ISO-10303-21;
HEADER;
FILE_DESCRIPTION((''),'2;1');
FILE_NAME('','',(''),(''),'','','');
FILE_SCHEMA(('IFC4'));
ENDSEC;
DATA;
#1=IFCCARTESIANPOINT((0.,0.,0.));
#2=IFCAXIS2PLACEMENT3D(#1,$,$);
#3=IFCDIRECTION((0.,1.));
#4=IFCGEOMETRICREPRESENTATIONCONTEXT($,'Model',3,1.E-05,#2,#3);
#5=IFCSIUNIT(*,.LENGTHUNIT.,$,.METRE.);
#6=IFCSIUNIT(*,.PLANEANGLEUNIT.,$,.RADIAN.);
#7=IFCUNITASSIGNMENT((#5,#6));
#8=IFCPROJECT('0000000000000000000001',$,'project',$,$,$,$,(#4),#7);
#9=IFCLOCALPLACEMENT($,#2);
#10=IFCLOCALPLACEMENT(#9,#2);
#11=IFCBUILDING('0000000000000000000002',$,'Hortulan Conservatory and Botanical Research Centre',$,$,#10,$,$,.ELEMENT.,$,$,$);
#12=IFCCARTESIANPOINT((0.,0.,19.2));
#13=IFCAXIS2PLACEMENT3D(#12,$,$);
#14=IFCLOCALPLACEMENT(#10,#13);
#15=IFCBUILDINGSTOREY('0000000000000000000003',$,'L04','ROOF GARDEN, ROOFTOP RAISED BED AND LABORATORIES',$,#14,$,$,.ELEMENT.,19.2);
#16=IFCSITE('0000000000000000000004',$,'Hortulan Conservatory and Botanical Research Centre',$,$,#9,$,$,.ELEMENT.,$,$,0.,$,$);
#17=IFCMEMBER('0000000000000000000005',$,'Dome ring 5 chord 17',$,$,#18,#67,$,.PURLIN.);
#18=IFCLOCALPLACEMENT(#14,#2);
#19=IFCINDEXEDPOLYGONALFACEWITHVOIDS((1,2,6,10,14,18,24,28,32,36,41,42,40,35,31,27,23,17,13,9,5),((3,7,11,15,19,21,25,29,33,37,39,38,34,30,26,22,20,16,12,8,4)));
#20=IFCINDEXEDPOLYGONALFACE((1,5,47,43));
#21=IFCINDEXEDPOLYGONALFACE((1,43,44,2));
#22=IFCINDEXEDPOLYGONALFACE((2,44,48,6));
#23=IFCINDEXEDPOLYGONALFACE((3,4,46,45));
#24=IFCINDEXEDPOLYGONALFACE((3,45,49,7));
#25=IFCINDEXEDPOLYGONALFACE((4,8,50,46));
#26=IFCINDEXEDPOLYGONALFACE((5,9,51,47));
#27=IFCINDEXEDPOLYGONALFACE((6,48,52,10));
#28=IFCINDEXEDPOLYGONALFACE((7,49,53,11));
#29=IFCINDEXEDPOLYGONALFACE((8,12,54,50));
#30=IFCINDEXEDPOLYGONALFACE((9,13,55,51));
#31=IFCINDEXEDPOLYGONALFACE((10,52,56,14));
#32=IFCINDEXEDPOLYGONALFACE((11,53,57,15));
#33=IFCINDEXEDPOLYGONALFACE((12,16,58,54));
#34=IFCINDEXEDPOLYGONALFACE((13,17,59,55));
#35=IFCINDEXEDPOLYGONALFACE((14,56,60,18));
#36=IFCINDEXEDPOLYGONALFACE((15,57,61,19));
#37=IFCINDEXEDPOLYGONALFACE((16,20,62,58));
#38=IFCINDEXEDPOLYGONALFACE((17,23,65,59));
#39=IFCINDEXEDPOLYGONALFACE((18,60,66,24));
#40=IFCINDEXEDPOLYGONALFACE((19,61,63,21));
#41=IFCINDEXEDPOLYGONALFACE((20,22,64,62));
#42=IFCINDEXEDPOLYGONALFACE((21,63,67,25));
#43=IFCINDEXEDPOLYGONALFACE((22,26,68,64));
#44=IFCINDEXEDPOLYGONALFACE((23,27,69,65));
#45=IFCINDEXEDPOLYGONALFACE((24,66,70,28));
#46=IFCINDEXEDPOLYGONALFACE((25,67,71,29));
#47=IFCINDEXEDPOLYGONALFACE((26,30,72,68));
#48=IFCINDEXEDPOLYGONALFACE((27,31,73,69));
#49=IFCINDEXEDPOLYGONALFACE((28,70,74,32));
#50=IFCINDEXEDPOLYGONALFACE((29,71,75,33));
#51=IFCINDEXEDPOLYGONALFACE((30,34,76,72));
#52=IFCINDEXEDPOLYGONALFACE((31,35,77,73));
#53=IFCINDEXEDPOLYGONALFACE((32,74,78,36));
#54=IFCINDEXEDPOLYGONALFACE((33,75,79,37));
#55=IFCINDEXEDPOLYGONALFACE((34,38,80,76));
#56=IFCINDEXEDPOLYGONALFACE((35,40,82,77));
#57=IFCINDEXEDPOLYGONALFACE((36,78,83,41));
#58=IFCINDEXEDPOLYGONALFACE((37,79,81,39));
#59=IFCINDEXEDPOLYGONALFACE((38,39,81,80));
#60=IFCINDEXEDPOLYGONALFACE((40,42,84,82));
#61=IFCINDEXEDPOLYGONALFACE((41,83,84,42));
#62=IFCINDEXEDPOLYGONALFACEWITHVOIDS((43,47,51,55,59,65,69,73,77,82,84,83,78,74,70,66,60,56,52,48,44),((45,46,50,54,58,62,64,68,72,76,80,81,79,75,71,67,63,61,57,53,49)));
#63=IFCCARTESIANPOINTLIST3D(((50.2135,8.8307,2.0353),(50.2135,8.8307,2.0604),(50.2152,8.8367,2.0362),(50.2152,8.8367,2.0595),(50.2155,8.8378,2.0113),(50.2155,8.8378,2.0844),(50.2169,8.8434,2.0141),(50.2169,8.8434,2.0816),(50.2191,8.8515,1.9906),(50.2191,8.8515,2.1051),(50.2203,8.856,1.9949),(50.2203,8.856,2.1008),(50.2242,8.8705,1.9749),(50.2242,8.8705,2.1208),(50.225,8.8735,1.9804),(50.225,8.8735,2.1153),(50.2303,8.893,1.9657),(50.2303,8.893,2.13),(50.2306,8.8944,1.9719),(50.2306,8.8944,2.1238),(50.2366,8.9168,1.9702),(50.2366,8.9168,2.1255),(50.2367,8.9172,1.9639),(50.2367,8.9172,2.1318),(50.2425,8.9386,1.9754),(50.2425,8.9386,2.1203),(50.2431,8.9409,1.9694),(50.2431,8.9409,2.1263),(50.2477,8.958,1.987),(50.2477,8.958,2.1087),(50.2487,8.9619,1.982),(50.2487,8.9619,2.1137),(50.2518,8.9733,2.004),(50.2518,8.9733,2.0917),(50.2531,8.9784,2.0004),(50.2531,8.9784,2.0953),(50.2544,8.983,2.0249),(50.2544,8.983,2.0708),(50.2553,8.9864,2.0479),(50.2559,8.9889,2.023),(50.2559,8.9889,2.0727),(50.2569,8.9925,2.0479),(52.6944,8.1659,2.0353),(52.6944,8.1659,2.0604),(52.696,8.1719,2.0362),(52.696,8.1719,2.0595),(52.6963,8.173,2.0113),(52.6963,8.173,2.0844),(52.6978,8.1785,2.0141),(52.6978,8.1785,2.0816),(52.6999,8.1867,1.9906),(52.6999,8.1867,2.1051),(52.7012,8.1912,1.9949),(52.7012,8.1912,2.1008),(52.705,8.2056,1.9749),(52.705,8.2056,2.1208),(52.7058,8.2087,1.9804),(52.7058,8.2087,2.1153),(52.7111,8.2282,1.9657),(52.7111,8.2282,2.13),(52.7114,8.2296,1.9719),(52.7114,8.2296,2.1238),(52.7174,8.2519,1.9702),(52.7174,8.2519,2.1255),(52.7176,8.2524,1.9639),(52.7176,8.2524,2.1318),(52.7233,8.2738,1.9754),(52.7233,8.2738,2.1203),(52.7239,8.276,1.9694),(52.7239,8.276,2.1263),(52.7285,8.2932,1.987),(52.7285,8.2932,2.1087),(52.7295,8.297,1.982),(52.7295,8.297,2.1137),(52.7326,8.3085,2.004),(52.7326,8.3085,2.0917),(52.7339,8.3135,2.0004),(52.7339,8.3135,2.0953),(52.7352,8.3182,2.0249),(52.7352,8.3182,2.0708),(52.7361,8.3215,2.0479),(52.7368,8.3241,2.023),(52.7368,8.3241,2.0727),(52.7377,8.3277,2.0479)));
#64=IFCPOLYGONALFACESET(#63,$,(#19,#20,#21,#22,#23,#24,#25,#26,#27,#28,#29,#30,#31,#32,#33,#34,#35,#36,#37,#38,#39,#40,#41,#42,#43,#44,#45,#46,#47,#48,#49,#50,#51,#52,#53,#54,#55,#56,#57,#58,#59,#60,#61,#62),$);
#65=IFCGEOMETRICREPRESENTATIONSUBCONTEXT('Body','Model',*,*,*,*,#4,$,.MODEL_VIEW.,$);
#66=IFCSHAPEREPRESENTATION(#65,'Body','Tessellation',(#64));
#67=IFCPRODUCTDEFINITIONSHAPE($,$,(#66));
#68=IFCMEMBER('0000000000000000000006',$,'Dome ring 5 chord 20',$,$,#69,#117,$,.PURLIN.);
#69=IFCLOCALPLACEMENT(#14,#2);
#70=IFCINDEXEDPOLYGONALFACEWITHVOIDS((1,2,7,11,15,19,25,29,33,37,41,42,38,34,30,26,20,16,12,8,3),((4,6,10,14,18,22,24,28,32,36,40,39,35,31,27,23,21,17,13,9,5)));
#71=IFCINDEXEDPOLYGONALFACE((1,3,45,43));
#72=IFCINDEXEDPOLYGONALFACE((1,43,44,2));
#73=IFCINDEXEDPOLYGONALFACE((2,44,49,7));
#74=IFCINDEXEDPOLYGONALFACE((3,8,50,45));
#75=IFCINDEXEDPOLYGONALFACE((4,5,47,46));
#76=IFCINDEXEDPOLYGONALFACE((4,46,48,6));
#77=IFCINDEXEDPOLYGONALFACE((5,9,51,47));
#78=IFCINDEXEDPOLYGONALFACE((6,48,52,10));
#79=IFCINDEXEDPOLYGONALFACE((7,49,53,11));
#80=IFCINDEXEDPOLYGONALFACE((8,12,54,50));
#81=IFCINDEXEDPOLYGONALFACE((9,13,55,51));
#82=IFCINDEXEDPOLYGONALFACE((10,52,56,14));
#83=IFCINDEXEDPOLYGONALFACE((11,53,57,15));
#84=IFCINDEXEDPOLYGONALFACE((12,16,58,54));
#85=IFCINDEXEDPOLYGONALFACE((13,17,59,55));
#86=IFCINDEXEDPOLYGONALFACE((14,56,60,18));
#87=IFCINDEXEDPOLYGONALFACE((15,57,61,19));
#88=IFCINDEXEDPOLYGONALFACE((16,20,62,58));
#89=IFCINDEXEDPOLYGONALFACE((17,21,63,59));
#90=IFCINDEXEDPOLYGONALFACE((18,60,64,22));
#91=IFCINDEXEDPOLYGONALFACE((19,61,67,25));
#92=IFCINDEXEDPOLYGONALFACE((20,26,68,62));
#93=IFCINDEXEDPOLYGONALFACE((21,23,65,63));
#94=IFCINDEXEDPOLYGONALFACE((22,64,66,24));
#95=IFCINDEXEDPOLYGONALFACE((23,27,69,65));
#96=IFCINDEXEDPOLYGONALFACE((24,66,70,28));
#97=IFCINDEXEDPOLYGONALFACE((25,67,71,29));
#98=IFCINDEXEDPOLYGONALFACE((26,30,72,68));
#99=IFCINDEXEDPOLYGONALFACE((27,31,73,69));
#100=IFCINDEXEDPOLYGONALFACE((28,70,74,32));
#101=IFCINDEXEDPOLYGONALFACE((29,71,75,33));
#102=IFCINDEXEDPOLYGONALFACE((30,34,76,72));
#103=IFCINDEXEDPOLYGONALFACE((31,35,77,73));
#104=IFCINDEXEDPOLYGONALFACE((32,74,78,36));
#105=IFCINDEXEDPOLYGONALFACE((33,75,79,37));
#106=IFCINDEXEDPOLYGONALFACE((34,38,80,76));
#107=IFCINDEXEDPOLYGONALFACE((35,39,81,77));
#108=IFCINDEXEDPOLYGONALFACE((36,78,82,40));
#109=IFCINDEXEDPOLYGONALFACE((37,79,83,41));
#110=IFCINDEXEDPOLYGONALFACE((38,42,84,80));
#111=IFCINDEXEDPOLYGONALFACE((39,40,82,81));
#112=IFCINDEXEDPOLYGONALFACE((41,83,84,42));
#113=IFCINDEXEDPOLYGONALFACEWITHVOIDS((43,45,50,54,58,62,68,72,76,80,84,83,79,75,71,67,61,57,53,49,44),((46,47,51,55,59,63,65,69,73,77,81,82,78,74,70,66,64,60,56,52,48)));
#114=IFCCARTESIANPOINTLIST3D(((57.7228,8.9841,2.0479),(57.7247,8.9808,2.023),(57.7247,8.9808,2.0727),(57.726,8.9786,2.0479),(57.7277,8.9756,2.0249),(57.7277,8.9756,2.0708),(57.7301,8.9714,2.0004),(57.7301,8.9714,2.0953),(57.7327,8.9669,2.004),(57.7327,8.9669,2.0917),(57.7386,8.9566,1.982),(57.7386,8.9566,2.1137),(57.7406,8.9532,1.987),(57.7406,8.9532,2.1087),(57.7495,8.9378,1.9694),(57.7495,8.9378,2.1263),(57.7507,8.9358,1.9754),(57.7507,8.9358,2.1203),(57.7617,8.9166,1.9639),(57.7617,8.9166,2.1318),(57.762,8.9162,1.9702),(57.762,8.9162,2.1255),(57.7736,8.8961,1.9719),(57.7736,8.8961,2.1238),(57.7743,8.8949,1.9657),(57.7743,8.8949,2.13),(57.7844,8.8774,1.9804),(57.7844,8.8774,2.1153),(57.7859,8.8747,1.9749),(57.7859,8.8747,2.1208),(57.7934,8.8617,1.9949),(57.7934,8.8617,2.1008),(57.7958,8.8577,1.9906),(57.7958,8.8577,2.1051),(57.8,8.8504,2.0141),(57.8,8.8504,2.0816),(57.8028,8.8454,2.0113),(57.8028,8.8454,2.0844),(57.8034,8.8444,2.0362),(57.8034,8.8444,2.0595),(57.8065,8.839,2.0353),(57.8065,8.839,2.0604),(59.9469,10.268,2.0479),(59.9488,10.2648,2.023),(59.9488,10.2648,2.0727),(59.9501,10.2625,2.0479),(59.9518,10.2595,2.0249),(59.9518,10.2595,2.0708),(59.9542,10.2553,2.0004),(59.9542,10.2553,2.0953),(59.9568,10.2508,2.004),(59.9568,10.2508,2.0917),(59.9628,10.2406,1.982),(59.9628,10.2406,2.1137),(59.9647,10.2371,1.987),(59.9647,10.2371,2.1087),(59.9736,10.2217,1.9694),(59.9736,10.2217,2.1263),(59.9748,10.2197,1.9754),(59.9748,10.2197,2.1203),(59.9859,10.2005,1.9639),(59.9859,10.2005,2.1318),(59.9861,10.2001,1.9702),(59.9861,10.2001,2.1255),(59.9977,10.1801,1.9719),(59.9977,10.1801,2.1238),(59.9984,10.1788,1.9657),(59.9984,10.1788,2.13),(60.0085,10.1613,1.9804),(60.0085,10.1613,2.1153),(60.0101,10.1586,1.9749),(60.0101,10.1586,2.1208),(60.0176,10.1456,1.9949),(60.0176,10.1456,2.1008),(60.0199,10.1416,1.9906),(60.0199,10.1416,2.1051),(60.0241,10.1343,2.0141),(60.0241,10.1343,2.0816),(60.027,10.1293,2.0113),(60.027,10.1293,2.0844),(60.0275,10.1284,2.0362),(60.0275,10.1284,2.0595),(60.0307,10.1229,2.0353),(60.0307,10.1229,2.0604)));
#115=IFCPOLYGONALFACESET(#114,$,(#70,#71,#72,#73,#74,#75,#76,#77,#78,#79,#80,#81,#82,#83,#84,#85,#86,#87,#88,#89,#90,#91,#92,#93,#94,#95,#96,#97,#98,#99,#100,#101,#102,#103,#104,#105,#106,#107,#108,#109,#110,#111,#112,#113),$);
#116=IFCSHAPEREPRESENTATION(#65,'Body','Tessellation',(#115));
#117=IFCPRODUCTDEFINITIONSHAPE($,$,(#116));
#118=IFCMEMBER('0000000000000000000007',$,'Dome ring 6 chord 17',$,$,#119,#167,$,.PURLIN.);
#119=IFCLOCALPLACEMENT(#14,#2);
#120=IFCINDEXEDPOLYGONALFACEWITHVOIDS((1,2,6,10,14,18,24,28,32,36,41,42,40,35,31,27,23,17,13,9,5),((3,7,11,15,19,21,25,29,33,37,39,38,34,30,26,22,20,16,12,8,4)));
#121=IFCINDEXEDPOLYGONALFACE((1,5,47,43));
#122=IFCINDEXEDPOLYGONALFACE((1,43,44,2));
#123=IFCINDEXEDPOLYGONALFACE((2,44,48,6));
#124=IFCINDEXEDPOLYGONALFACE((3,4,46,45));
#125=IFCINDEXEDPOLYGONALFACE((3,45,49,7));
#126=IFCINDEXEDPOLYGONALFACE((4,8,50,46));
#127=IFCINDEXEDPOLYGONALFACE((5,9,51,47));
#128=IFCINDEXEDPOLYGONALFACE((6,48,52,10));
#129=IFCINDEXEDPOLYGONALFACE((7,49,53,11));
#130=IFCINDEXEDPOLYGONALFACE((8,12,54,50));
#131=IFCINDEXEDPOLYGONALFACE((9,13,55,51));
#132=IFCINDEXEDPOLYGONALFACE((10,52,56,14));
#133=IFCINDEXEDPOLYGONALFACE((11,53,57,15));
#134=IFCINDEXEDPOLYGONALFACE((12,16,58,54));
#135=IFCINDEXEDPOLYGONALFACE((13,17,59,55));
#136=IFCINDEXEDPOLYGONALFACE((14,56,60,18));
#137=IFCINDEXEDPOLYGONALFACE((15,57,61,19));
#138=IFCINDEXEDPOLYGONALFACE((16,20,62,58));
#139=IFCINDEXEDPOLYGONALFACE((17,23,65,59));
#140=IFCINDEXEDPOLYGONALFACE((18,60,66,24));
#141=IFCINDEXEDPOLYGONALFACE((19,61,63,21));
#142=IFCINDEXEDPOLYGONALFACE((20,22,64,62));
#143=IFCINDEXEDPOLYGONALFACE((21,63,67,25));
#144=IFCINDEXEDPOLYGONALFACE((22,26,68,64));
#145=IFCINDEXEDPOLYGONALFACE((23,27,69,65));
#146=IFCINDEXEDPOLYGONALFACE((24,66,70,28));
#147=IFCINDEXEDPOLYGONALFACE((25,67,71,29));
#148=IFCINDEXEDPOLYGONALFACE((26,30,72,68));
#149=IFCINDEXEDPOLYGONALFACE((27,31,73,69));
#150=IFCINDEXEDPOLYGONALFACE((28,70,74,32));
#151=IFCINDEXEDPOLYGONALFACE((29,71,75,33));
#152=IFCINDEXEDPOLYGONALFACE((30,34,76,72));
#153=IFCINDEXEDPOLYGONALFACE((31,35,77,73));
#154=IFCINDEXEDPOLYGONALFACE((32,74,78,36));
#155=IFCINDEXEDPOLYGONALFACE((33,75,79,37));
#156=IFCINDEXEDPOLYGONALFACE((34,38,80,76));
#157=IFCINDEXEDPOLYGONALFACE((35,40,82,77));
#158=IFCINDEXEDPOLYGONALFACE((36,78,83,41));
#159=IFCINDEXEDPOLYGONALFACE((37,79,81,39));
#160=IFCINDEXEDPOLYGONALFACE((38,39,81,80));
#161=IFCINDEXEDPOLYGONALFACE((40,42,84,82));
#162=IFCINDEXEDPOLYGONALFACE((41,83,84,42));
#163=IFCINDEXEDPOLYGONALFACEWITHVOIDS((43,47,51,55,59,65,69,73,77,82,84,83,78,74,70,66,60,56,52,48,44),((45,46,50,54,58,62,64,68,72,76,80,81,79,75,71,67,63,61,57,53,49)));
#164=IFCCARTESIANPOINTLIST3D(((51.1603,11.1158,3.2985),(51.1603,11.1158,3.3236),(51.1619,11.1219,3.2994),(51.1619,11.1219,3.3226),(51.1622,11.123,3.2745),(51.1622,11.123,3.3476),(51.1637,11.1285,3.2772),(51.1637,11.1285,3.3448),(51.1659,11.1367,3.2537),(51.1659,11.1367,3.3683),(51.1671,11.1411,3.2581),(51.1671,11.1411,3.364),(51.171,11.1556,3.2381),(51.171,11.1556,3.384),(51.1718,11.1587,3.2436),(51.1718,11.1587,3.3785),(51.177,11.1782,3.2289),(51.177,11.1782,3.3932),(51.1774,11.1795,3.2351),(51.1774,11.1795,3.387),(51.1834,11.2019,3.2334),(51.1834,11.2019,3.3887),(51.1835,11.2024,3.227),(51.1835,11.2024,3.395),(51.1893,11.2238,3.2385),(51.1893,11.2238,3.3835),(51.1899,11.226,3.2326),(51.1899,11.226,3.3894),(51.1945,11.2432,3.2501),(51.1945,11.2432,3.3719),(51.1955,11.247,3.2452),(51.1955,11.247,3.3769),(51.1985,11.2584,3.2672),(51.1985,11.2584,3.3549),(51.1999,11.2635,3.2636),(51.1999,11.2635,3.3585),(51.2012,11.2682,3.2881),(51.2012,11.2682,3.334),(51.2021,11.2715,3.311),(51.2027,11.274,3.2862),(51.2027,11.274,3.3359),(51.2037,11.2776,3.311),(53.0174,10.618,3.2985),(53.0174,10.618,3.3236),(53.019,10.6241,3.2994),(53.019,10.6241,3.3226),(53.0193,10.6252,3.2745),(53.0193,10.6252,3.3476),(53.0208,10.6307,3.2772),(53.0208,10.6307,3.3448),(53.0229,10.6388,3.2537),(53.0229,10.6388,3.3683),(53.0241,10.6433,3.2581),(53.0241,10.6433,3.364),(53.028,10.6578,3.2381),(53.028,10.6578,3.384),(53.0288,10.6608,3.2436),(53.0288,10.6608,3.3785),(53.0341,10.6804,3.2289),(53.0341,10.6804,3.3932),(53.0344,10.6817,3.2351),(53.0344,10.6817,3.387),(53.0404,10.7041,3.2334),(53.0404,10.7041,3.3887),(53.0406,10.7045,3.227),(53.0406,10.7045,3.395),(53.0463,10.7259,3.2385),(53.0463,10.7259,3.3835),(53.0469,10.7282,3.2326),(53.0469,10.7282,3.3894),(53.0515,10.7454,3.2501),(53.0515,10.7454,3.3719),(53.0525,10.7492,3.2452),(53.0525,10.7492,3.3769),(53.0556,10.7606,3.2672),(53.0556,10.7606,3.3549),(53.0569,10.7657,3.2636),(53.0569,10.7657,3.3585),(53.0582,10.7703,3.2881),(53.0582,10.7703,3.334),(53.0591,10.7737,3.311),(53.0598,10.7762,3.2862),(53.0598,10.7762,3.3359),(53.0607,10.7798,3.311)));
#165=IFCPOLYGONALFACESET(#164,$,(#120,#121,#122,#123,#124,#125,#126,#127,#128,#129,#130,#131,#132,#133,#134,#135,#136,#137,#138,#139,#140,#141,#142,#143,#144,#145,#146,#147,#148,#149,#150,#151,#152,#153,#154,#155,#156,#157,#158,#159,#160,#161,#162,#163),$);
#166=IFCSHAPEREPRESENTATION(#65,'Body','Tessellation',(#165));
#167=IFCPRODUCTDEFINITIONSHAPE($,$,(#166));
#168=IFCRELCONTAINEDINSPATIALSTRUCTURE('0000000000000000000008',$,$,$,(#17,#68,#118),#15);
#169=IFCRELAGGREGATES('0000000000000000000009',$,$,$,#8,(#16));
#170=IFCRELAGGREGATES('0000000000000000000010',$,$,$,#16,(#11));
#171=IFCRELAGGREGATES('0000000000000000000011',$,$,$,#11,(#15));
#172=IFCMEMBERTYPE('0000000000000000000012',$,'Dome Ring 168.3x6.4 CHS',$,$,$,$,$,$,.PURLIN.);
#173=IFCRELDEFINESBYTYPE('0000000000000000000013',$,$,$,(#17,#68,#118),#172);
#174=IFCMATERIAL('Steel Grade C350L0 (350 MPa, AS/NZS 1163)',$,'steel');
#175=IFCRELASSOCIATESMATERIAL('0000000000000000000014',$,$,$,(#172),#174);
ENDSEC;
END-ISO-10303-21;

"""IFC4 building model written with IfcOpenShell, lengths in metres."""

from ifc_helpers import new_model, si_unit, direction, frame, origin, origin_2d, place, context, subcontext, project, spatial, hollow_circle, extrude, material, material_profile, profile_set, type_object, element, save


model = new_model("IFC4")

# Units and contexts
model_context = context("Model", 3, precision=1e-05, world=origin(), true_north=direction((0.0, 1.0)))
body_context = subcontext(model_context, "Body", "Model", "MODEL_VIEW")
ifc_project = project(units=[si_unit("LENGTHUNIT", "METRE"), si_unit("PLANEANGLEUNIT", "RADIAN")], contexts=[model_context])

# Site, building, storey
site_placement = place(None, origin())
site = spatial("IfcSite", under=ifc_project, at=site_placement, Name="Hortulan Conservatory and Botanical Research Centre", CompositionType="ELEMENT", RefElevation=0.0)
building_placement = place(site_placement, origin())
building = spatial("IfcBuilding", under=site, at=building_placement, Name="Hortulan Conservatory and Botanical Research Centre", CompositionType="ELEMENT")
storey_placement = place(building_placement, frame((0.0, 0.0, 19.2)))
storey = spatial("IfcBuildingStorey", under=building, at=storey_placement, Name="L04", Description="ROOF GARDEN, ROOFTOP RAISED BED AND LABORATORIES", CompositionType="ELEMENT", Elevation=19.2)

# Shared definitions
ifc_material_1 = material(Name="Steel Grade C350L0 (350 MPa, AS/NZS 1163)", Category="steel")

# Members
ifc_material_profile_1 = material_profile(ifc_material_1, hollow_circle(Radius=0.0842, WallThickness=0.0063, at=origin_2d()), Name="168.3x6.4CHS")
ifc_profile_set_1 = profile_set([ifc_material_profile_1], Name="Steel Grade C350L0 (350 MPa, AS/NZS 1163)")
member_type_1 = type_object("IfcMemberType", Name="Dome Ring 168.3x6.4 CHS", PredefinedType="PURLIN", material=ifc_profile_set_1)
member_1_placement = place(storey_placement, frame((50.2351, 8.9111, 2.0479), z_axis=(0.965917, -0.258852, 0.0), x_axis=(0.258852, 0.965917, 0.0)))
element("IfcMember", 1, at=member_1_placement, inside=storey, type_object=member_type_1, Name="Dome ring 5 chord 17", PredefinedType="PURLIN", context=body_context, shape_type="SweptSolid", body=[
    extrude(hollow_circle(Radius=0.0842, WallThickness=0.0063, at=origin_2d()), origin(), (0.0, 0.0, 1.0), 2.5684),
])
member_2_placement = place(storey_placement, frame((57.7649, 8.9111, 2.0479), z_axis=(0.866053, 0.499953, 0.0), x_axis=(-0.499953, 0.866053, 0.0)))
element("IfcMember", 2, at=member_2_placement, inside=storey, type_object=member_type_1, Name="Dome ring 5 chord 20", PredefinedType="PURLIN", context=body_context, shape_type="SweptSolid", body=[
    extrude(hollow_circle(Radius=0.0842, WallThickness=0.0063, at=origin_2d()), origin(), (0.0, 0.0, 1.0), 2.5681),
])
member_3_placement = place(storey_placement, frame((51.1819, 11.1963, 3.311), z_axis=(0.965895, -0.258935, 0.0), x_axis=(0.258935, 0.965895, 0.0)))
element("IfcMember", 3, at=member_3_placement, inside=storey, type_object=member_type_1, Name="Dome ring 6 chord 17", PredefinedType="PURLIN", context=body_context, shape_type="SweptSolid", body=[
    extrude(hollow_circle(Radius=0.0842, WallThickness=0.0063, at=origin_2d()), origin(), (0.0, 0.0, 1.0), 1.9226),
])

save(model, "model.ifc")
